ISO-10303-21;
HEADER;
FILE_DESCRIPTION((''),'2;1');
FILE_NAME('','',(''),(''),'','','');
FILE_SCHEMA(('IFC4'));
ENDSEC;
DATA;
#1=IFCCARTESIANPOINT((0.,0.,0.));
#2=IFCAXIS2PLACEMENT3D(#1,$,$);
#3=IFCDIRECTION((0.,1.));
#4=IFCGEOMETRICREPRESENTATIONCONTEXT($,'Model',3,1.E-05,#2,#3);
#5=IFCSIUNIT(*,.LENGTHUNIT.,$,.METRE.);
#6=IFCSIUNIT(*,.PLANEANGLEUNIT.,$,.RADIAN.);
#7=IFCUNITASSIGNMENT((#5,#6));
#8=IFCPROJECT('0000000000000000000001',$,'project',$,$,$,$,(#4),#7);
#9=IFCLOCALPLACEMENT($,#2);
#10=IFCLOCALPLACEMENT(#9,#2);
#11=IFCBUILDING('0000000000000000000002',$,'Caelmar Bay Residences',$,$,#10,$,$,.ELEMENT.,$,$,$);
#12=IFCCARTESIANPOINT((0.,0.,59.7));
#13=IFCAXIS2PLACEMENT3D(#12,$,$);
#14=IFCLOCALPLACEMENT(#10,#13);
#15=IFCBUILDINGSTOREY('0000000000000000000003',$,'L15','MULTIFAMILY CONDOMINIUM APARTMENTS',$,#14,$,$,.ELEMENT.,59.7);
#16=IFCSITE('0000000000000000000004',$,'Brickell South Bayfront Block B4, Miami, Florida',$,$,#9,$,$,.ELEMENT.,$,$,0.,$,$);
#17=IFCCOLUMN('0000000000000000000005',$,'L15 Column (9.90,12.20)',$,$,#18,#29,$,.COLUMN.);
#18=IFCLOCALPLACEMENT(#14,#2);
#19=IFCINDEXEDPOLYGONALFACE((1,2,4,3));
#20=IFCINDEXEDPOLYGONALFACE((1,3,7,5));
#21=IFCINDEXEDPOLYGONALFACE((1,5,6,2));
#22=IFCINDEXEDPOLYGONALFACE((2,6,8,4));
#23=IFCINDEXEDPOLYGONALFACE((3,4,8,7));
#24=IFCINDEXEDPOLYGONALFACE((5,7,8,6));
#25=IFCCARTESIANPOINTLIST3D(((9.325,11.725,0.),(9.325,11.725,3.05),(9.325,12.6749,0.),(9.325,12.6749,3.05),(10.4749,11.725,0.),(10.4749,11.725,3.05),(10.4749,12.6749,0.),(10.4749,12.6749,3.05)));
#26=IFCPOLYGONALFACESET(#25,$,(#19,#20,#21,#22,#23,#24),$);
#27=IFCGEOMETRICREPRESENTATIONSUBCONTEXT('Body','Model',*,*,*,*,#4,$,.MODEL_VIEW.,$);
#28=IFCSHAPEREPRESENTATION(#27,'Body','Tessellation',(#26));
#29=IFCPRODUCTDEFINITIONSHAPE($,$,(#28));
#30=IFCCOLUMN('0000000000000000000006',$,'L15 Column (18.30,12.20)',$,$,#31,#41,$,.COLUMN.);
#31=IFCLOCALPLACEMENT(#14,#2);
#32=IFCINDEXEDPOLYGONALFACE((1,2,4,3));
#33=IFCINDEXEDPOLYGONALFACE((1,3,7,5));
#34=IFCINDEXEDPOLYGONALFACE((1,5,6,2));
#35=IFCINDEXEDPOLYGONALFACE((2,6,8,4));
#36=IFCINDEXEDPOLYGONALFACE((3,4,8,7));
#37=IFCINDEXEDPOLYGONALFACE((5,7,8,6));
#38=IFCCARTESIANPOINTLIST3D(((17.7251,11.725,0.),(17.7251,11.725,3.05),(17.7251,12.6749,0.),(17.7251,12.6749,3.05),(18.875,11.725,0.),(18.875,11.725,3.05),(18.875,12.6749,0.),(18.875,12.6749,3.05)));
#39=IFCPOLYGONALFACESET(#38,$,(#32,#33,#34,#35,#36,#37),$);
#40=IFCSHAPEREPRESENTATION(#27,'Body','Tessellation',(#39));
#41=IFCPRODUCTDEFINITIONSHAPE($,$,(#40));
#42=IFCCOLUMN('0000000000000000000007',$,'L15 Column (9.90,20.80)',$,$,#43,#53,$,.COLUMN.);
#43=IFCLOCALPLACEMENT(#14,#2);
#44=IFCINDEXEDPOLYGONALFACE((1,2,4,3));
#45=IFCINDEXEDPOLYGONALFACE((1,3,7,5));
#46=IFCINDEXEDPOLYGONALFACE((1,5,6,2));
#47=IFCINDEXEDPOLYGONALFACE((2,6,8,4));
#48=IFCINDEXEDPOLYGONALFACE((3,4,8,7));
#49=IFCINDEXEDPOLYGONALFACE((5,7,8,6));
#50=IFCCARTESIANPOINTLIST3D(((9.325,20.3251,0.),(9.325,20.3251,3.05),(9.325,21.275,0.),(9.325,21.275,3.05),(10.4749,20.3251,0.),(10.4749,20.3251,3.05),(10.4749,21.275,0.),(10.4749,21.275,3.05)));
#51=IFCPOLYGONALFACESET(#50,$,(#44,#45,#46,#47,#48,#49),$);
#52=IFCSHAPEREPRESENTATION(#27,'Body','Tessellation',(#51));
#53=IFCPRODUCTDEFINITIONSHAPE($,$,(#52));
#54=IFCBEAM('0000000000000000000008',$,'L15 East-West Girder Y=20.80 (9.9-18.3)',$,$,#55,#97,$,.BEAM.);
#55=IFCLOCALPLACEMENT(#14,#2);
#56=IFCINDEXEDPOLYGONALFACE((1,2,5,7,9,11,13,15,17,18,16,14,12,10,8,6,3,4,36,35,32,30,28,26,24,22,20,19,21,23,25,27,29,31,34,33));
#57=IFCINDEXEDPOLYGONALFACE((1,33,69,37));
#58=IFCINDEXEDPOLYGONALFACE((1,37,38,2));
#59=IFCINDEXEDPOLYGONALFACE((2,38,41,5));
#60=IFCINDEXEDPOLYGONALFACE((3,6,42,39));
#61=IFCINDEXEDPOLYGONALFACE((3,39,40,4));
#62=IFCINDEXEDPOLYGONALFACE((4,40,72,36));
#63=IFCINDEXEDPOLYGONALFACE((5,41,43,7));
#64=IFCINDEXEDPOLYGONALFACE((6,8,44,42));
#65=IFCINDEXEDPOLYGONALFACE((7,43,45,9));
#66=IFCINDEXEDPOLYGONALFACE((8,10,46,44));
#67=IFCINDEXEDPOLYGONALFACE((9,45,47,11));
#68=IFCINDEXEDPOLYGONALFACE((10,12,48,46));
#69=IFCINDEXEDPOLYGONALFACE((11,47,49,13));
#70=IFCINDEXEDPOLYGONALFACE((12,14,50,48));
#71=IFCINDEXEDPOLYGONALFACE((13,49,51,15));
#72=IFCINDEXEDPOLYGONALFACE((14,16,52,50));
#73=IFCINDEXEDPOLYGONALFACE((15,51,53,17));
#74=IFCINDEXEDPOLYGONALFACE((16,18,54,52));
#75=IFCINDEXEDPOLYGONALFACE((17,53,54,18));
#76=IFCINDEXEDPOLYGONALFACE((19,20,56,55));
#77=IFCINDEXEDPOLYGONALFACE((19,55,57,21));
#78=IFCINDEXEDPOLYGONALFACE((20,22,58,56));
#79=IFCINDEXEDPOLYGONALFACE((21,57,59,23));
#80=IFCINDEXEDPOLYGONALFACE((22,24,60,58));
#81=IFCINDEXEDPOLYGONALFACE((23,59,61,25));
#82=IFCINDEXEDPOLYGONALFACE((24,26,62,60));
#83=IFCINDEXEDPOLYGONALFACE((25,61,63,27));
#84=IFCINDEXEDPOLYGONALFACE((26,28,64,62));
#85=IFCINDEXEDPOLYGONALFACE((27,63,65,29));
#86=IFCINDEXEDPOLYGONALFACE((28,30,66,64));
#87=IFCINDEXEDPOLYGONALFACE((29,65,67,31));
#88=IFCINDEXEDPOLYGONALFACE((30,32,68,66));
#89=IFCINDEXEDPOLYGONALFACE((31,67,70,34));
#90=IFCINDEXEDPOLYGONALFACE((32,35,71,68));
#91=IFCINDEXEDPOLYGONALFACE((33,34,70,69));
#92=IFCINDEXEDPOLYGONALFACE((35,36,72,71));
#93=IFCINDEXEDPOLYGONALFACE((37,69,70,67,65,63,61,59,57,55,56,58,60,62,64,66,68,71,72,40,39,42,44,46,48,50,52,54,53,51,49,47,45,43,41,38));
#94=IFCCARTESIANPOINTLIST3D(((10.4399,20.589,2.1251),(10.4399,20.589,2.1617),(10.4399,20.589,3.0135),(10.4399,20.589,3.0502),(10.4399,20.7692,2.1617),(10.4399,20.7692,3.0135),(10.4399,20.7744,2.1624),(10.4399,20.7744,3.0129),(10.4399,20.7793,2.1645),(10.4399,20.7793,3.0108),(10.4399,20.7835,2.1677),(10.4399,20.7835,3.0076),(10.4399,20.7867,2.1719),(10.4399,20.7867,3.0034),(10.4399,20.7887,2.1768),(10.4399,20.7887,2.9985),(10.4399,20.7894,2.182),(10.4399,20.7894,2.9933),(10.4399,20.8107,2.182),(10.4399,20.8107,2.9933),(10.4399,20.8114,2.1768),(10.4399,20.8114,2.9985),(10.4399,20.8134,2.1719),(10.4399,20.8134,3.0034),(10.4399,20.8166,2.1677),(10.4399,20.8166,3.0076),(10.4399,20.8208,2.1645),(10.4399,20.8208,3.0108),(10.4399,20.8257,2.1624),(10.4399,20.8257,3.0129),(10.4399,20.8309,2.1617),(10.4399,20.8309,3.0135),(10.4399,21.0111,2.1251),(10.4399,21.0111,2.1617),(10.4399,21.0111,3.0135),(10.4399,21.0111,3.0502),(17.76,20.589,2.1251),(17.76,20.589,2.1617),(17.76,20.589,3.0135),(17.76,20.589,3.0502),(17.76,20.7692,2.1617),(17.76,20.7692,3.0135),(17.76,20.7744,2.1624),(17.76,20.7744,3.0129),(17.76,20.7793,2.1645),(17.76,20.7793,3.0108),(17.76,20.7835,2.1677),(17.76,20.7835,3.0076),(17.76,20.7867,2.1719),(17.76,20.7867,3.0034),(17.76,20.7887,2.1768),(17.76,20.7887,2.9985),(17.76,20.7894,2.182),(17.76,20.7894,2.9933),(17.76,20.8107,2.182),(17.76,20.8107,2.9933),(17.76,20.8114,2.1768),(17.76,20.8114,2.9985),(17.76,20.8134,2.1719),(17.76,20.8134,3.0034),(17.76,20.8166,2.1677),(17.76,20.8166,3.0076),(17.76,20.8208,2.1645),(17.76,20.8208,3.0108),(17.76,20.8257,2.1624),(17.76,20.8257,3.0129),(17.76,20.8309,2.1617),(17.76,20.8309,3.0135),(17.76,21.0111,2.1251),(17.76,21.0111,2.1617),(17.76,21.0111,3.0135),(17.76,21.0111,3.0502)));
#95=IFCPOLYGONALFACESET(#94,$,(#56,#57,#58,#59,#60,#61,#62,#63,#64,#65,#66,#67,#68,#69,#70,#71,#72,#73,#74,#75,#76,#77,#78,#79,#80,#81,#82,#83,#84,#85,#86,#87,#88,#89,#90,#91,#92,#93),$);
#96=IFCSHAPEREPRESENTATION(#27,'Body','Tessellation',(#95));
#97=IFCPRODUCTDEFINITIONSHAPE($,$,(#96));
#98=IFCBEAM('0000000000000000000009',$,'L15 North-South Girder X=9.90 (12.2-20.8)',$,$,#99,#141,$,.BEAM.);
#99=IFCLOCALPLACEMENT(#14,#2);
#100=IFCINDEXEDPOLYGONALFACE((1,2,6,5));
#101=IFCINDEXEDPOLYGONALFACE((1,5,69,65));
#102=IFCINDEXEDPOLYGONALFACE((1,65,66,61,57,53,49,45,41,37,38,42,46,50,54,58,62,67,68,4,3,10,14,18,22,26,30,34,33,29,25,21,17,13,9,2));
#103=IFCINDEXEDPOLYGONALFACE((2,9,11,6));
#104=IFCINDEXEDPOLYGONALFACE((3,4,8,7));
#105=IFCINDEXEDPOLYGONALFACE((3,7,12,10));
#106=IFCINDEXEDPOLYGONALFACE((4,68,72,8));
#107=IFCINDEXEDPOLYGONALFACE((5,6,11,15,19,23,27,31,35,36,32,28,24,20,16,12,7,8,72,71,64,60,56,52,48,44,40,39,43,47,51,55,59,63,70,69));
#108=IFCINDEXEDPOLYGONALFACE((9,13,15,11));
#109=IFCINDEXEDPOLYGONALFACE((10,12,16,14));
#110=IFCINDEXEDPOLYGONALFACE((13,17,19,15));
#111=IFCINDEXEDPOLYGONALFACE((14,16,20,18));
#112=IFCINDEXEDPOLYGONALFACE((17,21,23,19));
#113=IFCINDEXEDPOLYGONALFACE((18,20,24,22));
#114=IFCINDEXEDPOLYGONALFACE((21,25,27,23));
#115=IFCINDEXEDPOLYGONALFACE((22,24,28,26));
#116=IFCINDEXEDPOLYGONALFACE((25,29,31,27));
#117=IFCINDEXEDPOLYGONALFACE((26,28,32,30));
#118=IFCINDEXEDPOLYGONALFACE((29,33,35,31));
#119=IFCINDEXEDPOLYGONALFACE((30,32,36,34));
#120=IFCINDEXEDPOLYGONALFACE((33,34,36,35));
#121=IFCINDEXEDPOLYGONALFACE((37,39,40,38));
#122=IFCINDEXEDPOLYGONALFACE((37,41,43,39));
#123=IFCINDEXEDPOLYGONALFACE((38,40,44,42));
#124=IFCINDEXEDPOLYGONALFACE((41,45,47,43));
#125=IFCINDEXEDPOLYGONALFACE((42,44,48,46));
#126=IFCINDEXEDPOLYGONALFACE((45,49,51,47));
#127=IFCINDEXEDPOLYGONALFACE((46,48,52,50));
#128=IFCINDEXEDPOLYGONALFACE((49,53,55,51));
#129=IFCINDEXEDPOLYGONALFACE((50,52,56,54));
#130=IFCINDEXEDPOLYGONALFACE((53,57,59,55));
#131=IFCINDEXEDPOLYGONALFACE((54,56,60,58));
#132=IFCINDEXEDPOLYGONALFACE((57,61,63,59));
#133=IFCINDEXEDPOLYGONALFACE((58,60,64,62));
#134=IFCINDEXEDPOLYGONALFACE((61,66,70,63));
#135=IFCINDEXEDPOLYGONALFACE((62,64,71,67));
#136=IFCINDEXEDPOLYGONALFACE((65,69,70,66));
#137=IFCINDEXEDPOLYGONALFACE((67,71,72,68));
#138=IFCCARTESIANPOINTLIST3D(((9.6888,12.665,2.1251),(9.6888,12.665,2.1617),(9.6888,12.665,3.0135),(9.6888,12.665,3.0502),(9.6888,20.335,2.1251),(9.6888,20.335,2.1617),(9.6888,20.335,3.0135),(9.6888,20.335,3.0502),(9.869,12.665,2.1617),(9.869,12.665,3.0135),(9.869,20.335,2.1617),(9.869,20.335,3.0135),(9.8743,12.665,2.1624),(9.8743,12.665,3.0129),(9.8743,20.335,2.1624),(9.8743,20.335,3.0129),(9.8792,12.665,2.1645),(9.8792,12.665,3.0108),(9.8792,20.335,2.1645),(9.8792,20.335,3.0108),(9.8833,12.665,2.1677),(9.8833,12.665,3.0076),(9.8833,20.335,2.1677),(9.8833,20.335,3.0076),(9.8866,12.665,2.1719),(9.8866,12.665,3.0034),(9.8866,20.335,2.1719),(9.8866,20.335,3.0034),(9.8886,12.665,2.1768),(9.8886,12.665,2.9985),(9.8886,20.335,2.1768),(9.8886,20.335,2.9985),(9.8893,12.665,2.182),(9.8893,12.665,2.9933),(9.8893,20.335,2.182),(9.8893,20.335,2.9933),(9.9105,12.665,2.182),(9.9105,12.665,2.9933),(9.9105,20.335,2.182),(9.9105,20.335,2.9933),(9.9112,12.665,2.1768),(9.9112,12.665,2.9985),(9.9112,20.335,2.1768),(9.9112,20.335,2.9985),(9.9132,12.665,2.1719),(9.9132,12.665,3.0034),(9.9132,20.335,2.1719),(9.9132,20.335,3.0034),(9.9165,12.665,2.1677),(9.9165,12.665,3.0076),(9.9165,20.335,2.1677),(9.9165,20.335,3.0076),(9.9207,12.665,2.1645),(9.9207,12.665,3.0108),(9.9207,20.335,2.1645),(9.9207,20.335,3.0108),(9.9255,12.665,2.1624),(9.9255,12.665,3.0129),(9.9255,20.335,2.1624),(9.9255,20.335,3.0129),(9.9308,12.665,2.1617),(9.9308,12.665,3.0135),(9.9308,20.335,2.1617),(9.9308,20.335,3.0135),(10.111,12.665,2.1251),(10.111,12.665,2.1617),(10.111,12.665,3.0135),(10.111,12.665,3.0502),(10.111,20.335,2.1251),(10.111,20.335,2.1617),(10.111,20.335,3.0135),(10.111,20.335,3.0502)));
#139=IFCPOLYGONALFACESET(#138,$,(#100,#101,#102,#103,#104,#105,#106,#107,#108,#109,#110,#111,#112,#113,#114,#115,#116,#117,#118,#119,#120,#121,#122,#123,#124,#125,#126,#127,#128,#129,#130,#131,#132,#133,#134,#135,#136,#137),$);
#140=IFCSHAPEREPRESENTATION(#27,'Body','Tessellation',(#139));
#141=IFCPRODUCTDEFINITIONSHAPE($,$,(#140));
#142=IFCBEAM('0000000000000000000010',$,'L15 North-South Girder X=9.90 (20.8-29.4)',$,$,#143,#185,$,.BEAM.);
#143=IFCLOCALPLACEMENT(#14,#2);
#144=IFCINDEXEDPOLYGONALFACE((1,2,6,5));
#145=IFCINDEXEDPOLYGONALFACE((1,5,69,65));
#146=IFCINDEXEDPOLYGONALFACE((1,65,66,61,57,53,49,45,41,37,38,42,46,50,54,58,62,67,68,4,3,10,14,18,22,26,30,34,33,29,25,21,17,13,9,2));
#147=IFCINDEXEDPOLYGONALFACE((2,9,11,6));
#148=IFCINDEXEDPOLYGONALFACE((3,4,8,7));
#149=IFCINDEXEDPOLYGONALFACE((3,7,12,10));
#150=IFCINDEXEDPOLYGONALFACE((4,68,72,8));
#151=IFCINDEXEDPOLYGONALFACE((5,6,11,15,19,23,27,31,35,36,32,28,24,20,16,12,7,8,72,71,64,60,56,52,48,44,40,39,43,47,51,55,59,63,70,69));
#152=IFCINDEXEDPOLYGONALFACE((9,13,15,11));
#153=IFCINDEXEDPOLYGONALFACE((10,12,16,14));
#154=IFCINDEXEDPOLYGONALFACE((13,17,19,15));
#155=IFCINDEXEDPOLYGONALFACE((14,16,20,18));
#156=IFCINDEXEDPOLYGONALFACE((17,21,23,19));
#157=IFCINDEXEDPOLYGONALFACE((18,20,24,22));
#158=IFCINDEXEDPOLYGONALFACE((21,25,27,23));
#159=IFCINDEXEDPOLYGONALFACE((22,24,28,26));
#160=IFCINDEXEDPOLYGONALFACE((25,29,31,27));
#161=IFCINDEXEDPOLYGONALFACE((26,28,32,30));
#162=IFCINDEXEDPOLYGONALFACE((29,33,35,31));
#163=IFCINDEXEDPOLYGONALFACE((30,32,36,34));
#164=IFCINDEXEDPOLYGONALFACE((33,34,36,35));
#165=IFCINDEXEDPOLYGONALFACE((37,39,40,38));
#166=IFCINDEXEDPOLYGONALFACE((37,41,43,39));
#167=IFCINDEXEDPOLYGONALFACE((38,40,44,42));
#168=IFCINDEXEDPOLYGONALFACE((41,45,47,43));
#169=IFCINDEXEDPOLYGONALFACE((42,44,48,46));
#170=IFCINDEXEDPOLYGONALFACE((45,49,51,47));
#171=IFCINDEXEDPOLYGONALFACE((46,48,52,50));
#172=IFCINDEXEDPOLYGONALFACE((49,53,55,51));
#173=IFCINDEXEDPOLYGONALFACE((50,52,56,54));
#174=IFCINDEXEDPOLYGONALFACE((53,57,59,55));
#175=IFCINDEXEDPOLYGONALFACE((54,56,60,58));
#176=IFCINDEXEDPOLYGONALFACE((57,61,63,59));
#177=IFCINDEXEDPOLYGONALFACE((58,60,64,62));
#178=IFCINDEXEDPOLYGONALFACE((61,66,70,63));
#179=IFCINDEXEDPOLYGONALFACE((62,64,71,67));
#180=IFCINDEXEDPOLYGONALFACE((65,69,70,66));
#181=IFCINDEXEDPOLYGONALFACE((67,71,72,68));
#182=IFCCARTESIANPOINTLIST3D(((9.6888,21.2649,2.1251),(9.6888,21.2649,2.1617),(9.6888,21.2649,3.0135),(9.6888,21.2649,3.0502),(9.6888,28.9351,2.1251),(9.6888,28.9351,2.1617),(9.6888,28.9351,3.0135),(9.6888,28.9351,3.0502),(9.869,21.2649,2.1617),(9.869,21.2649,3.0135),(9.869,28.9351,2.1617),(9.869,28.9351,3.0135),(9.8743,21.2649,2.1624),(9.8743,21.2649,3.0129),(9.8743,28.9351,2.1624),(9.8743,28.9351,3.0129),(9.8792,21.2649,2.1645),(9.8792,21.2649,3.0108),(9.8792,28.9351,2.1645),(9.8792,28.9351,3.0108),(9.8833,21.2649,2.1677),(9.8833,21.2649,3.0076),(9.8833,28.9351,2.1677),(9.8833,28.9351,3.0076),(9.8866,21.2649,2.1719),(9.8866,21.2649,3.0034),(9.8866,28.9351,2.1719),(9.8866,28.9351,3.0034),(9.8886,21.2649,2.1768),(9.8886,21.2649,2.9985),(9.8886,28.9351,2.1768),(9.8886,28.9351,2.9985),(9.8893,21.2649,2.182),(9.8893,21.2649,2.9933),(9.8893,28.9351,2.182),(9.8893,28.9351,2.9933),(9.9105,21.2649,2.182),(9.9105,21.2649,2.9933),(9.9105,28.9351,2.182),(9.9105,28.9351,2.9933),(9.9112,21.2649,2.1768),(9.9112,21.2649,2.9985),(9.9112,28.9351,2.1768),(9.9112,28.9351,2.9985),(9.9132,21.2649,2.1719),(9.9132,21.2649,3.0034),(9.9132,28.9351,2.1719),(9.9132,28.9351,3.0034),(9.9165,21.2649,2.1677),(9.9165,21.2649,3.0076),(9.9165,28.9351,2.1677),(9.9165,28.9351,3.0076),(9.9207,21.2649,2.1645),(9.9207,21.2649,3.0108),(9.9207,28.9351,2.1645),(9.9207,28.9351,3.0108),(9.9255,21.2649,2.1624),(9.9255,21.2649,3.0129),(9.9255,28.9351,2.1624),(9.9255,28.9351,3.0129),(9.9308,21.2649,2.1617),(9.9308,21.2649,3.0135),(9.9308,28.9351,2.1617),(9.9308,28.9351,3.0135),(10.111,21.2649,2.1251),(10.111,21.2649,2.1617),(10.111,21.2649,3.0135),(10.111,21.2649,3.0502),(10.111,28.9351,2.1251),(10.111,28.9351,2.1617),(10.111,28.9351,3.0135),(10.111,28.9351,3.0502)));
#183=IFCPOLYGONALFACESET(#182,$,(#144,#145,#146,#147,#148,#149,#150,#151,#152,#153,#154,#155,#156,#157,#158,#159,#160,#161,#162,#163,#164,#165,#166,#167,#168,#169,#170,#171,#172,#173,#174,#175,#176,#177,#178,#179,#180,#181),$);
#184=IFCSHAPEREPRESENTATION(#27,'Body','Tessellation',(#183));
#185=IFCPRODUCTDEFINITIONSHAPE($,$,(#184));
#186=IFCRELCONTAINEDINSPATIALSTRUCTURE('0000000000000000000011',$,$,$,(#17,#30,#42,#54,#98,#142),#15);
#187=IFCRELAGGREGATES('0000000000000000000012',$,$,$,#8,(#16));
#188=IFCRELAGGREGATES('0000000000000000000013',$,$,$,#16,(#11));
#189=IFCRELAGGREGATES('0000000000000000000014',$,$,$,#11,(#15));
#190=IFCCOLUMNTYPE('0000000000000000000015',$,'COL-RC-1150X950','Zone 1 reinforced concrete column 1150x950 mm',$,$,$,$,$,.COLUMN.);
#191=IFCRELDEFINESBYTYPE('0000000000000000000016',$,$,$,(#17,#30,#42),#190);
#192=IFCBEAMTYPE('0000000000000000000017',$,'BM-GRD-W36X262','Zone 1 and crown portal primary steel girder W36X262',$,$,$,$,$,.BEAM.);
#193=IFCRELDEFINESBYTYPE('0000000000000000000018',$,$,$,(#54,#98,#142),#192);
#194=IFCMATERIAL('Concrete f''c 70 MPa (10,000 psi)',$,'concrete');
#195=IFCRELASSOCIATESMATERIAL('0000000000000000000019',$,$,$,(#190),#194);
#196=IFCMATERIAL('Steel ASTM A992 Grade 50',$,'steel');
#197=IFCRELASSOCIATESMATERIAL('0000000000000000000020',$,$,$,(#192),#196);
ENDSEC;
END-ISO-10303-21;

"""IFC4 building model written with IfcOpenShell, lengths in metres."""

from ifc_helpers import new_model, si_unit, direction, frame, origin, origin_2d, place, context, subcontext, project, spatial, rectangle, i_section, extrude, material, material_profile, profile_set, type_object, element, save


model = new_model("IFC4")

# Units and contexts
model_context = context("Model", 3, precision=1e-05, world=origin(), true_north=direction((0.0, 1.0)))
body_context = subcontext(model_context, "Body", "Model", "MODEL_VIEW")
ifc_project = project(units=[si_unit("LENGTHUNIT", "METRE"), si_unit("PLANEANGLEUNIT", "RADIAN")], contexts=[model_context])

# Site, building, storey
site_placement = place(None, origin())
site = spatial("IfcSite", under=ifc_project, at=site_placement, Name="Brickell South Bayfront Block B4, Miami, Florida", CompositionType="ELEMENT", RefElevation=0.0)
building_placement = place(site_placement, origin())
building = spatial("IfcBuilding", under=site, at=building_placement, Name="Caelmar Bay Residences", CompositionType="ELEMENT")
storey_placement = place(building_placement, frame((0.0, 0.0, 59.7)))
storey = spatial("IfcBuildingStorey", under=building, at=storey_placement, Name="L15", Description="MULTIFAMILY CONDOMINIUM APARTMENTS", CompositionType="ELEMENT", Elevation=59.7)

# Columns
ifc_material_1 = material(Name="Concrete f'c 70 MPa (10,000 psi)", Category="concrete")
ifc_material_profile_1 = material_profile(ifc_material_1, rectangle(XDim=1.1499, YDim=0.95, at=origin_2d()), Name="RC-COL-1150X950")
ifc_profile_set_1 = profile_set([ifc_material_profile_1], Name="Concrete f'c 70 MPa (10,000 psi)")
column_type = type_object("IfcColumnType", Name="COL-RC-1150X950", Description="Zone 1 reinforced concrete column 1150x950 mm", PredefinedType="COLUMN", material=ifc_profile_set_1)
for number, where, z_axis, x_axis, name in (
    (1, (9.8999, 12.2, 0.0), (0.0, 0.0, 1.0), (1.0, 0.0, 0.0), "L15 Column (9.90,12.20)"),
    (2, (18.3, 12.2, 0.0), (0.0, 0.0, 1.0), (1.0, 0.0, 0.0), "L15 Column (18.30,12.20)"),
    (3, (9.8999, 20.8, 0.0), (0.0, 0.0, 1.0), (1.0, 0.0, 0.0), "L15 Column (9.90,20.80)"),
):
    element("IfcColumn", number, at=place(storey_placement, frame(where, z_axis=z_axis, x_axis=x_axis)), inside=storey, type_object=column_type, Name=name, PredefinedType="COLUMN", context=body_context, shape_type="SweptSolid", body=[
        extrude(rectangle(XDim=1.1499, YDim=0.95, at=origin_2d()), origin(), (0.0, 0.0, 1.0), 3.05),
    ])

# Beams
ifc_material_2 = material(Name="Steel ASTM A992 Grade 50", Category="steel")
ifc_material_profile_2 = material_profile(ifc_material_2, i_section(OverallWidth=0.4221, OverallDepth=0.925, WebThickness=0.0212, FlangeThickness=0.0366, FilletRadius=0.0203, at=origin_2d()), Name="W36X262")
ifc_profile_set_2 = profile_set([ifc_material_profile_2], Name="Steel ASTM A992 Grade 50")
beam_type_1 = type_object("IfcBeamType", Name="BM-GRD-W36X262", Description="Zone 1 and crown portal primary steel girder W36X262", PredefinedType="BEAM", material=ifc_profile_set_2)
beam_1_placement = place(storey_placement, frame((10.4399, 20.8, 2.5876), z_axis=(1.0, 0.0, 0.0), x_axis=(0.0, 1.0, 0.0)))
element("IfcBeam", 4, at=beam_1_placement, inside=storey, type_object=beam_type_1, Name="L15 East-West Girder Y=20.80 (9.9-18.3)", PredefinedType="BEAM", context=body_context, shape_type="SweptSolid", body=[
    extrude(i_section(OverallWidth=0.4221, OverallDepth=0.925, WebThickness=0.0212, FlangeThickness=0.0366, FilletRadius=0.0203, at=origin_2d()), origin(), (0.0, 0.0, 1.0), 7.3201),
])
beam_2_placement = place(storey_placement, frame((9.8999, 12.665, 2.5876), z_axis=(0.0, 1.0, 0.0), x_axis=(-1.0, 0.0, 0.0)))
element("IfcBeam", 5, at=beam_2_placement, inside=storey, type_object=beam_type_1, Name="L15 North-South Girder X=9.90 (12.2-20.8)", PredefinedType="BEAM", context=body_context, shape_type="SweptSolid", body=[
    extrude(i_section(OverallWidth=0.4221, OverallDepth=0.925, WebThickness=0.0212, FlangeThickness=0.0366, FilletRadius=0.0203, at=origin_2d()), origin(), (0.0, 0.0, 1.0), 7.6699),
])
beam_3_placement = place(storey_placement, frame((9.8999, 21.2649, 2.5876), z_axis=(0.0, 1.0, 0.0), x_axis=(-1.0, 0.0, 0.0)))
element("IfcBeam", 6, at=beam_3_placement, inside=storey, type_object=beam_type_1, Name="L15 North-South Girder X=9.90 (20.8-29.4)", PredefinedType="BEAM", context=body_context, shape_type="SweptSolid", body=[
    extrude(i_section(OverallWidth=0.4221, OverallDepth=0.925, WebThickness=0.0212, FlangeThickness=0.0366, FilletRadius=0.0203, at=origin_2d()), origin(), (0.0, 0.0, 1.0), 7.6702),
])

save(model, "model.ifc")
